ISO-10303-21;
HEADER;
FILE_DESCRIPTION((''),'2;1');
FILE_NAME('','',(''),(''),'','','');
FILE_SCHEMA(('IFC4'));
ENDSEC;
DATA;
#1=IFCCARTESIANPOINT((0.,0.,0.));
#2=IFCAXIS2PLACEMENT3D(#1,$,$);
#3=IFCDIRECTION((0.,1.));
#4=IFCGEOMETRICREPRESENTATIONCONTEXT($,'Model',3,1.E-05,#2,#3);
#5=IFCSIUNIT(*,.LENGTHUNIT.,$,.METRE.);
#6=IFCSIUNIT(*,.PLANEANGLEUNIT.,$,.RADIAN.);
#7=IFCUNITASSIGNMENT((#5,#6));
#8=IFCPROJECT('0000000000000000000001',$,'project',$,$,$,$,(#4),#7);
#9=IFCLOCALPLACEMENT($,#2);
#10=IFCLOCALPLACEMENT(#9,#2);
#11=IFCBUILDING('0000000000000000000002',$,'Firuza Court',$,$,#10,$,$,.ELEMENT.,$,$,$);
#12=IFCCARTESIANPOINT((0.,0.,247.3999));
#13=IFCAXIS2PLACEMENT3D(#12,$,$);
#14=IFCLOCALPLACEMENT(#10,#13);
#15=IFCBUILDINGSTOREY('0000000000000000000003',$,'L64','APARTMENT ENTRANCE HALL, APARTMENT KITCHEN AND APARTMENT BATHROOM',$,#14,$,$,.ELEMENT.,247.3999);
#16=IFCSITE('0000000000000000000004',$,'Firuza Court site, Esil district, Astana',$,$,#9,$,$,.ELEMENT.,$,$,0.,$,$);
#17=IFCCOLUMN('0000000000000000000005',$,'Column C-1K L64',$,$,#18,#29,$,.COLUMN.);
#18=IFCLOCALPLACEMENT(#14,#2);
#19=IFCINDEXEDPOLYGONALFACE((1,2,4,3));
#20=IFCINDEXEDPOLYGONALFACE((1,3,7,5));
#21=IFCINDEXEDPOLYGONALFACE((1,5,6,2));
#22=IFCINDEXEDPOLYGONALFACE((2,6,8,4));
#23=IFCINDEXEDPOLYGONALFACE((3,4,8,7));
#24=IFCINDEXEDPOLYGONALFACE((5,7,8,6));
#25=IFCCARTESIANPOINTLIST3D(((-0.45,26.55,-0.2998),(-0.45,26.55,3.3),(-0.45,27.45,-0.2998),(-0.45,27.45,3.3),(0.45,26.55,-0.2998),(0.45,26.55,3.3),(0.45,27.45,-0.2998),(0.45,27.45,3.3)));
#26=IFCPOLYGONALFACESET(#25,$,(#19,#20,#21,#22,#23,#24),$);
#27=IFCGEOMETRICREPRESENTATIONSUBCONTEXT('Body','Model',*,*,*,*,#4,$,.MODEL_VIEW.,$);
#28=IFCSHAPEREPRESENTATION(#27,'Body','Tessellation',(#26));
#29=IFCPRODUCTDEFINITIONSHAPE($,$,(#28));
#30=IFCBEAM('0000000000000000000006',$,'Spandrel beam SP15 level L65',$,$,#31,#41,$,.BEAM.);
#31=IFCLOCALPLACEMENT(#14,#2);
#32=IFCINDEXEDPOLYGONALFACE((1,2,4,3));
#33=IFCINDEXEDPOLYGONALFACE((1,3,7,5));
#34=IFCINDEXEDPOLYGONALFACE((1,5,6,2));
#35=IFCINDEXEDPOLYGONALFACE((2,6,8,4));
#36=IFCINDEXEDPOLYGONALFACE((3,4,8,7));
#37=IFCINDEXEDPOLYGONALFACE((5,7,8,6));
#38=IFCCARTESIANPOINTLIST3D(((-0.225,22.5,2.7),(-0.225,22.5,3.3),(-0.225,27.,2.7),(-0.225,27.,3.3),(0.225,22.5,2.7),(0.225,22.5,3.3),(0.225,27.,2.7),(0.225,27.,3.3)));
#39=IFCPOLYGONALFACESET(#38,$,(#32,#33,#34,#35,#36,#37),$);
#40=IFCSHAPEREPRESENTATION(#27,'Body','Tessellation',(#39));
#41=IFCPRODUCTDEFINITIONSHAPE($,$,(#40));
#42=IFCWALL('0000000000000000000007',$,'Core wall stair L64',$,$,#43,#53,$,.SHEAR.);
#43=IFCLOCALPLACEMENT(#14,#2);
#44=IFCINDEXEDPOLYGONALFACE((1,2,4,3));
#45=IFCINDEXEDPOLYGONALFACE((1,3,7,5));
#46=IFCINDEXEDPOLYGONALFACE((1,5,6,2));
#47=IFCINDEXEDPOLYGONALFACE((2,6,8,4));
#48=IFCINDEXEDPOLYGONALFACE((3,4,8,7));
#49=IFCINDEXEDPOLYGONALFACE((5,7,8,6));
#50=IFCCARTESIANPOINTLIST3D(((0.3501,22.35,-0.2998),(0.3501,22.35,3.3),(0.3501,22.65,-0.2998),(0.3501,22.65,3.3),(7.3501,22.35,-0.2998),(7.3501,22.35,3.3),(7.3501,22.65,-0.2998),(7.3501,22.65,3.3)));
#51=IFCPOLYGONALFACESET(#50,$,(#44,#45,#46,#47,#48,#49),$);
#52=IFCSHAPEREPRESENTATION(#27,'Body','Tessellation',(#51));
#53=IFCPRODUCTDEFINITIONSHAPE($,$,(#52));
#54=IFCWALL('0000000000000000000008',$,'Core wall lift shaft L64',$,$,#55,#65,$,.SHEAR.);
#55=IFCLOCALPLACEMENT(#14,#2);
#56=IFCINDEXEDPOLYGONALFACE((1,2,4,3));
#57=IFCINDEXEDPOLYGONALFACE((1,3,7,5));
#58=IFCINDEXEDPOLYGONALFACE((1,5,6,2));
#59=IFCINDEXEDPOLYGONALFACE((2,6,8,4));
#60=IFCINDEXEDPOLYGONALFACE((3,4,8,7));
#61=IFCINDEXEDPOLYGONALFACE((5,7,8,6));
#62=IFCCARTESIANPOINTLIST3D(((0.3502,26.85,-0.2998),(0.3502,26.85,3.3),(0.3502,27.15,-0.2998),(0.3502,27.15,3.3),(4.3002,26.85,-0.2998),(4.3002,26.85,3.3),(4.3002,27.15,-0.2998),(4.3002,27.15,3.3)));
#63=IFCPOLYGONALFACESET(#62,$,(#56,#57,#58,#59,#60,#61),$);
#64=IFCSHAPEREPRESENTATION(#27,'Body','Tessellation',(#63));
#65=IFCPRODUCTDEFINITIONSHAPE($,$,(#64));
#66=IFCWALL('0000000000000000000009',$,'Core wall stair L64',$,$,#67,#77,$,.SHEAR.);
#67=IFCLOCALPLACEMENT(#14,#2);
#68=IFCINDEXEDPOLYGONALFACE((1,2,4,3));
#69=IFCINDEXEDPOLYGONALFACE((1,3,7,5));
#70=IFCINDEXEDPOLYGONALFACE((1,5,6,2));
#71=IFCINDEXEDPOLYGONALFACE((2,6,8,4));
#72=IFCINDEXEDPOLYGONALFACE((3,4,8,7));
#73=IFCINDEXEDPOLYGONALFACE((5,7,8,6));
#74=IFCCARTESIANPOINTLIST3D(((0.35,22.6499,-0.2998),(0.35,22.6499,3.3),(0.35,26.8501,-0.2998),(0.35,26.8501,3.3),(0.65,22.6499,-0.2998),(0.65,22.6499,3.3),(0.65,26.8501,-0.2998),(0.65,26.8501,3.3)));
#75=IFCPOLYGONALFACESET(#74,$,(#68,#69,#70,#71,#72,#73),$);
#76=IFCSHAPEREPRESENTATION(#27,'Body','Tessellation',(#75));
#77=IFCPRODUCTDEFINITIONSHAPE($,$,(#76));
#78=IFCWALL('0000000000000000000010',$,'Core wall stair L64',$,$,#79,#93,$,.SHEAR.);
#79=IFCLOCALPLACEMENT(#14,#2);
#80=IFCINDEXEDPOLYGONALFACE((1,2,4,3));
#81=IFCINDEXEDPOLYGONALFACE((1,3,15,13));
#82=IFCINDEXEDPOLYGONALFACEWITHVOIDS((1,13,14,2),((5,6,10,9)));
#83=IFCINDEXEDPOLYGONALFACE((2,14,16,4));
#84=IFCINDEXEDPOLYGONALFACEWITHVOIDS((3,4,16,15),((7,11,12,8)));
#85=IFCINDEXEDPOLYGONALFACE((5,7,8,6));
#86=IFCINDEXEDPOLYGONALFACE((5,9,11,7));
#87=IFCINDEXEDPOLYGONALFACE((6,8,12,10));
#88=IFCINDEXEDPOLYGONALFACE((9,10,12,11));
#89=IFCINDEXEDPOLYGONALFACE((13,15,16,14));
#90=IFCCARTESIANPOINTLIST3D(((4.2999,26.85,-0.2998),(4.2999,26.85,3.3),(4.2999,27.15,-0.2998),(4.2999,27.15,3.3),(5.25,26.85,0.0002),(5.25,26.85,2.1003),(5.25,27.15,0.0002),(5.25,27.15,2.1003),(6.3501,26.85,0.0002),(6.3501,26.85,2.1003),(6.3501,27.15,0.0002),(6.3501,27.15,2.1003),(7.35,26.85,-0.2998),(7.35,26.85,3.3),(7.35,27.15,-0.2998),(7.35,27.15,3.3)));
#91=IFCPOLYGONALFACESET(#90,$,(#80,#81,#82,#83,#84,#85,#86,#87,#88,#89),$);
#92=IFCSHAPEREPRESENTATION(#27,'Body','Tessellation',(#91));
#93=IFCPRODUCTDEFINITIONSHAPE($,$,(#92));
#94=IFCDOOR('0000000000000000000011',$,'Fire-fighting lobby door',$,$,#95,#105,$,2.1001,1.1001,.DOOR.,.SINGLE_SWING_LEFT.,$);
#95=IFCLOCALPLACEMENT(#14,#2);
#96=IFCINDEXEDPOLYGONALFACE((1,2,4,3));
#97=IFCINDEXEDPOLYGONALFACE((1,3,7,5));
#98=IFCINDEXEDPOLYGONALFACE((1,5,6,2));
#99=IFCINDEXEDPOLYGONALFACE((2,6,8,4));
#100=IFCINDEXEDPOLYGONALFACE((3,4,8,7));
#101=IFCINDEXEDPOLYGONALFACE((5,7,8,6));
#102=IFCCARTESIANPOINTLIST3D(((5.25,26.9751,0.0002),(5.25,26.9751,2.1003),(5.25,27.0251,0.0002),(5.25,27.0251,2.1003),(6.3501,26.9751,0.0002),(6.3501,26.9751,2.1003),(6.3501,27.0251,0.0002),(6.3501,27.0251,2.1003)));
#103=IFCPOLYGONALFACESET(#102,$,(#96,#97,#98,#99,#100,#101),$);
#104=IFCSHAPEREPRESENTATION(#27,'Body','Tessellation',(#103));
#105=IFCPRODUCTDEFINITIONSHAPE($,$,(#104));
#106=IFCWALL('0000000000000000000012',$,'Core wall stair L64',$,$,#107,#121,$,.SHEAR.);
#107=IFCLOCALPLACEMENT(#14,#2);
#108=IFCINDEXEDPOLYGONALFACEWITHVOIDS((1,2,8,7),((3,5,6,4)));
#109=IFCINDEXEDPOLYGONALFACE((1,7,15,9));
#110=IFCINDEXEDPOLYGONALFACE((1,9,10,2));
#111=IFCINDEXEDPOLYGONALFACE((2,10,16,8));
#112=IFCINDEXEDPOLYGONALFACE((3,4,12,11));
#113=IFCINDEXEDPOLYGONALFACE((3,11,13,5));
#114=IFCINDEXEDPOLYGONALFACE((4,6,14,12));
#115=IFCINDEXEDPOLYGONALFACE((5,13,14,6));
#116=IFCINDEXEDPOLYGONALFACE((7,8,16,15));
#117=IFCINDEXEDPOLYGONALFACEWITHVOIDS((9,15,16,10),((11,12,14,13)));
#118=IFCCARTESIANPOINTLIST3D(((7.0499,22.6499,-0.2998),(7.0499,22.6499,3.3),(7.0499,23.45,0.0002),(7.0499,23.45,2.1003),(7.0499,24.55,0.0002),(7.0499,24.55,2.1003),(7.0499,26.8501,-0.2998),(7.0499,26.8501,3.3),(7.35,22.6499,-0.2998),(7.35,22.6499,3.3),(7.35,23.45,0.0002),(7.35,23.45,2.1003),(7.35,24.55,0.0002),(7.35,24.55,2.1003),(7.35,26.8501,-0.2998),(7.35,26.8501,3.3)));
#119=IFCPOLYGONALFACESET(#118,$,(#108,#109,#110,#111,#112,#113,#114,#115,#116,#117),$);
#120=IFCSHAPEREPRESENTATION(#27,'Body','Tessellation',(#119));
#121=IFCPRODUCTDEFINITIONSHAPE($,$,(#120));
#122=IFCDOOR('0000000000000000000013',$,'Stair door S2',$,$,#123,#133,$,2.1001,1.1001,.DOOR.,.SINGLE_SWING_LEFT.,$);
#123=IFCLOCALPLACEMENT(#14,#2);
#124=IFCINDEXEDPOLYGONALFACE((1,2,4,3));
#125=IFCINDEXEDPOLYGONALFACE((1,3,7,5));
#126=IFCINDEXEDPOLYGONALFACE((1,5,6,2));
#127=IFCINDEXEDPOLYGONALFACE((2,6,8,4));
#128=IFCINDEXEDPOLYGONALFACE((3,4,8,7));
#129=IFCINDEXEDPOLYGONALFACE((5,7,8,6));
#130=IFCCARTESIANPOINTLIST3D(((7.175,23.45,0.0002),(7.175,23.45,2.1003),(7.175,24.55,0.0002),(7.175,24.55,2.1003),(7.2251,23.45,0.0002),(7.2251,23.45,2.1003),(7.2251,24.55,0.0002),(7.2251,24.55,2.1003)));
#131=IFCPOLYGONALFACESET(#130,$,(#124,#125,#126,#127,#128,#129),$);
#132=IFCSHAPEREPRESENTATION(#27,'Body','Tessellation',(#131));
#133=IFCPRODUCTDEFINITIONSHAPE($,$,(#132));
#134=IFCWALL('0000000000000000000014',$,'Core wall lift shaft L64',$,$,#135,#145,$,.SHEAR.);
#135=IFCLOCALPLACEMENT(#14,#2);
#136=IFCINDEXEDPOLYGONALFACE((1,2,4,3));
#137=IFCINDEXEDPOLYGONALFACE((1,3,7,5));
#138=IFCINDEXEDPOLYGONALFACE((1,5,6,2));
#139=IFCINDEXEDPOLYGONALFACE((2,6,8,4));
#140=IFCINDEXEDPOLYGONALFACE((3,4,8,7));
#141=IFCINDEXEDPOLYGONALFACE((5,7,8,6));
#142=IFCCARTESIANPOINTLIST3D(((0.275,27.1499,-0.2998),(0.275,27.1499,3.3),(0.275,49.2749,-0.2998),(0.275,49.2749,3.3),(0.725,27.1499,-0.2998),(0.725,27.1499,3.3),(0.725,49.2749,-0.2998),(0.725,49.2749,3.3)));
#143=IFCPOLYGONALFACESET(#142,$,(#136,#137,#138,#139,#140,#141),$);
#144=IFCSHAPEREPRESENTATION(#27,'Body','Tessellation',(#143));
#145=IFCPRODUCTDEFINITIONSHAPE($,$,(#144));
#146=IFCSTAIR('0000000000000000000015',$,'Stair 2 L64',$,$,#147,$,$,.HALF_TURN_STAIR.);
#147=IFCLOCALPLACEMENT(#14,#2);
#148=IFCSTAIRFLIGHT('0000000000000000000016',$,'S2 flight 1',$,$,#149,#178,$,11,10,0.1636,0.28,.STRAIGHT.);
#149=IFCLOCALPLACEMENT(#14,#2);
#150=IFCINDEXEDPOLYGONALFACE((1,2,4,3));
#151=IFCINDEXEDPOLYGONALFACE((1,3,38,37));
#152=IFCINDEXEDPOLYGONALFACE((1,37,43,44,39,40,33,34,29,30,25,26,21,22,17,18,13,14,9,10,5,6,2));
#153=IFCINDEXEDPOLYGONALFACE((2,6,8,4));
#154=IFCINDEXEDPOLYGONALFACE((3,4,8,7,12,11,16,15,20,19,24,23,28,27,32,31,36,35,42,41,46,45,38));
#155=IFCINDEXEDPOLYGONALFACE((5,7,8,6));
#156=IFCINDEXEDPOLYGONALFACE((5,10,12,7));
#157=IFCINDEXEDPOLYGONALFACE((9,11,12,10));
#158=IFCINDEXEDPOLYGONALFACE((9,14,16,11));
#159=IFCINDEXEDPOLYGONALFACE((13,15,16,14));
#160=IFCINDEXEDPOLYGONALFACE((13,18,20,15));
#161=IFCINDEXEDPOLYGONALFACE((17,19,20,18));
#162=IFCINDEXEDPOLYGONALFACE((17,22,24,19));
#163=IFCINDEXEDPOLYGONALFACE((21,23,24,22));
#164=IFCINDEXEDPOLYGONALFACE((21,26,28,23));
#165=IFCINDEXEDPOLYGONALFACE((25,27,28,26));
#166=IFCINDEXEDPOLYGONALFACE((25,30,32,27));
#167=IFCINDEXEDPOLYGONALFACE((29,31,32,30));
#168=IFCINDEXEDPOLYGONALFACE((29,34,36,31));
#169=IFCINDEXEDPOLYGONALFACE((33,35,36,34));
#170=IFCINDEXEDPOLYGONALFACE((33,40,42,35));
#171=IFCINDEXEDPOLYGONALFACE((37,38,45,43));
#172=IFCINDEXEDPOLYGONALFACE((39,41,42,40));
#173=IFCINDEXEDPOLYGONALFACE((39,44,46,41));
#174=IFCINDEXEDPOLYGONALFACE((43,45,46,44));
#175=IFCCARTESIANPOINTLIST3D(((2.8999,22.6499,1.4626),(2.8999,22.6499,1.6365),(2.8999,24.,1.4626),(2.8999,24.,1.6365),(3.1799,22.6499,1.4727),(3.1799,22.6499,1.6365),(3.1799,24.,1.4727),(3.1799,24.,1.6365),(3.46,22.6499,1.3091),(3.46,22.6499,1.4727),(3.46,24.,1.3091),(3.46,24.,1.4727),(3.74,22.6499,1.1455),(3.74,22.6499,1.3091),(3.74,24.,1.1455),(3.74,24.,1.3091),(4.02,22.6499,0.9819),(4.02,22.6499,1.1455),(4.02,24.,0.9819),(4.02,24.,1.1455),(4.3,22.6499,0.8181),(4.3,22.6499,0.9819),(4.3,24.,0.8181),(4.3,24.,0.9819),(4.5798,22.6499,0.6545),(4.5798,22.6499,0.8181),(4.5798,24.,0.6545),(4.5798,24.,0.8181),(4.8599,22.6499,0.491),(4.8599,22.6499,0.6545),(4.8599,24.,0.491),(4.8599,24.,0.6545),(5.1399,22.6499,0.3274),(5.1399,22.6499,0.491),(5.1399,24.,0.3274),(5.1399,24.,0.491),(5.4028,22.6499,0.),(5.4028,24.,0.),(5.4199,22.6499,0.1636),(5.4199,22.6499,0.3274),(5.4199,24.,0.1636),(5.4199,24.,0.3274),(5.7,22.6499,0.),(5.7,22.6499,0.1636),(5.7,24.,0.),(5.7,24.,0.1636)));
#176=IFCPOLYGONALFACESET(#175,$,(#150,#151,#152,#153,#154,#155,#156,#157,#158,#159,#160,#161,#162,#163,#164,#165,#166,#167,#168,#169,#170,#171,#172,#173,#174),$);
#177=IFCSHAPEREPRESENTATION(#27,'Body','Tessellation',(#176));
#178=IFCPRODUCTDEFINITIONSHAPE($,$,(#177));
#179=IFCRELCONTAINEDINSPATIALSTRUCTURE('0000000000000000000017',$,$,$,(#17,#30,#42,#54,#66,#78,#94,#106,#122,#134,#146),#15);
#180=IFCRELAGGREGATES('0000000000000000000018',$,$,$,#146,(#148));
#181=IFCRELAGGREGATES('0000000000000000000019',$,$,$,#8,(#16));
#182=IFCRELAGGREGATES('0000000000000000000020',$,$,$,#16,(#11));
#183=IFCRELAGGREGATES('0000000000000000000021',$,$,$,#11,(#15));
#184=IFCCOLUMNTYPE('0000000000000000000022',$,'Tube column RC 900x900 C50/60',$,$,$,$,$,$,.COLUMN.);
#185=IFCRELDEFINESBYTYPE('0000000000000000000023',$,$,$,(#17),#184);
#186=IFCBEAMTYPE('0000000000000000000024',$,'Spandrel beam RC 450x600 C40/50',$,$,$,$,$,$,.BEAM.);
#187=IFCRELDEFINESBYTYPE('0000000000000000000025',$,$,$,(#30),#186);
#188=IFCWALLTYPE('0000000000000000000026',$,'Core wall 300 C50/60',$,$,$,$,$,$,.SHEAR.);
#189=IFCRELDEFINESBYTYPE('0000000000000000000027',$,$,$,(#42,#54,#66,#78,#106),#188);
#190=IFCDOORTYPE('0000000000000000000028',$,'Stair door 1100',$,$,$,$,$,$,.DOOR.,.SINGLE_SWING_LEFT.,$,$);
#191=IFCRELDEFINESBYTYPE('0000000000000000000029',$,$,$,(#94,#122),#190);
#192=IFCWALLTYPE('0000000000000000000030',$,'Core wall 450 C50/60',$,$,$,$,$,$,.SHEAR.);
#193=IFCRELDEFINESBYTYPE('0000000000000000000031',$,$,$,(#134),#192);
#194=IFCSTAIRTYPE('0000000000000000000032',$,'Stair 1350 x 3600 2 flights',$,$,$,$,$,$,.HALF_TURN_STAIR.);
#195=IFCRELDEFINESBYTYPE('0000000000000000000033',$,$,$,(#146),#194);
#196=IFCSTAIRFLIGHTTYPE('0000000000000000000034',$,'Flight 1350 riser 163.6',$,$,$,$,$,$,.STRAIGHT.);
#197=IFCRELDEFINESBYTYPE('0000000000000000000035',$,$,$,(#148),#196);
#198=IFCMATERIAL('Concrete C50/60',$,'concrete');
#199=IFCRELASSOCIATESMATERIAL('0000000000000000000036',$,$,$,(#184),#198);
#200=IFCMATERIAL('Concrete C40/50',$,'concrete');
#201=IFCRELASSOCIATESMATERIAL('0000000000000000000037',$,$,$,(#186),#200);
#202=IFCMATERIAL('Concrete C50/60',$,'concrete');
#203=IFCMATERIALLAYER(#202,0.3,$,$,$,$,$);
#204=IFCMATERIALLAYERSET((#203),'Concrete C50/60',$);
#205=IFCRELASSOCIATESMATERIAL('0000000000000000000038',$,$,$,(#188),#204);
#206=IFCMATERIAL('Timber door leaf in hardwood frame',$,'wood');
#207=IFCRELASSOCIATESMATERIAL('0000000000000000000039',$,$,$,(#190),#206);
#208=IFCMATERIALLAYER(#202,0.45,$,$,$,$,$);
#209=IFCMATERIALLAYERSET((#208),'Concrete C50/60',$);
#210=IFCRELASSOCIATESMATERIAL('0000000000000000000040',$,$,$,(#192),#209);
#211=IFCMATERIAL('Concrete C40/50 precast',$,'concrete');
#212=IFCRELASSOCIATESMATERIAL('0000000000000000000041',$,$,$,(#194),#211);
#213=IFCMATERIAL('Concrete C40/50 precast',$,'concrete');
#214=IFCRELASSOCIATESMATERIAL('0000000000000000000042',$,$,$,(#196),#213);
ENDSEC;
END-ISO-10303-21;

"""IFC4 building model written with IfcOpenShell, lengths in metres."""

from ifc_helpers import new_model, si_unit, direction, frame, frame_2d, origin, origin_2d, place, context, subcontext, project, spatial, polyline, rectangle, outline, extrude, material, layer, layer_set, material_profile, profile_set, type_object, element, fill, aggregate, save


model = new_model("IFC4")

# Units and contexts
model_context = context("Model", 3, precision=1e-05, world=origin(), true_north=direction((0.0, 1.0)))
body_context = subcontext(model_context, "Body", "Model", "MODEL_VIEW")
ifc_project = project(units=[si_unit("LENGTHUNIT", "METRE"), si_unit("PLANEANGLEUNIT", "RADIAN")], contexts=[model_context])

# Site, building, storey
site_placement = place(None, origin())
site = spatial("IfcSite", under=ifc_project, at=site_placement, Name="Firuza Court site, Esil district, Astana", CompositionType="ELEMENT", RefElevation=0.0)
building_placement = place(site_placement, origin())
building = spatial("IfcBuilding", under=site, at=building_placement, Name="Firuza Court", CompositionType="ELEMENT")
storey_placement = place(building_placement, frame((0.0, 0.0, 247.3999)))
storey = spatial("IfcBuildingStorey", under=building, at=storey_placement, Name="L64", Description="APARTMENT ENTRANCE HALL, APARTMENT KITCHEN AND APARTMENT BATHROOM", CompositionType="ELEMENT", Elevation=247.3999)

# Column
ifc_material_1 = material(Name="Concrete C50/60", Category="concrete")
ifc_material_profile_1 = material_profile(ifc_material_1, rectangle(XDim=0.8999, YDim=0.8999, at=origin_2d()), Name="RC 900x900")
ifc_profile_set_1 = profile_set([ifc_material_profile_1], Name="Concrete C50/60")
column_type = type_object("IfcColumnType", Name="Tube column RC 900x900 C50/60", PredefinedType="COLUMN", material=ifc_profile_set_1)
column_placement = place(storey_placement, frame((0.0, 27.0, -0.2998), z_axis=(0.0, 0.0, 1.0), x_axis=(1.0, 0.0, 0.0)))
element("IfcColumn", 1, at=column_placement, inside=storey, type_object=column_type, Name="Column C-1K L64", PredefinedType="COLUMN", context=body_context, shape_type="SweptSolid", body=[
    extrude(rectangle(XDim=0.8999, YDim=0.8999, at=origin_2d()), origin(), (0.0, 0.0, 1.0), 3.5999),
])

# Beam
ifc_material_2 = material(Name="Concrete C40/50", Category="concrete")
ifc_material_profile_2 = material_profile(ifc_material_2, rectangle(XDim=0.45, YDim=0.6001, at=origin_2d()), Name="RC 450x600")
ifc_profile_set_2 = profile_set([ifc_material_profile_2], Name="Concrete C40/50")
beam_type = type_object("IfcBeamType", Name="Spandrel beam RC 450x600 C40/50", PredefinedType="BEAM", material=ifc_profile_set_2)
beam_placement = place(storey_placement, frame((0.0, 27.0, 3.0), z_axis=(0.0, -1.0, 0.0), x_axis=(1.0, 0.0, 0.0)))
element("IfcBeam", 2, at=beam_placement, inside=storey, type_object=beam_type, Name="Spandrel beam SP15 level L65", PredefinedType="BEAM", context=body_context, shape_type="SweptSolid", body=[
    extrude(rectangle(XDim=0.45, YDim=0.6001, at=origin_2d()), origin(), (0.0, 0.0, 1.0), 4.5),
])

# Walls
ifc_material_3 = material(Name="Concrete C50/60", Category="concrete")
ifc_layer_1 = layer(ifc_material_3, 0.3)
ifc_layer_set_1 = layer_set([ifc_layer_1], Name="Concrete C50/60")
wall_type_1 = type_object("IfcWallType", Name="Core wall 300 C50/60", PredefinedType="SHEAR", material=ifc_layer_set_1)
wall_1_placement = place(storey_placement, frame((0.3501, 22.5, -0.2998), z_axis=(0.0, 0.0, 1.0), x_axis=(1.0, 0.0, 0.0)))
element("IfcWall", 3, at=wall_1_placement, inside=storey, type_object=wall_type_1, Name="Core wall stair L64", PredefinedType="SHEAR", context=body_context, shape_type="SweptSolid", body=[
    extrude(rectangle(XDim=7.0, YDim=0.3, at=frame_2d((3.5, 0.0))), origin(), (0.0, 0.0, 1.0), 3.5999),
])
wall_2_placement = place(storey_placement, frame((0.3501, 27.0, -0.2998), z_axis=(0.0, 0.0, 1.0), x_axis=(1.0, 0.0, 0.0)))
element("IfcWall", 4, at=wall_2_placement, inside=storey, type_object=wall_type_1, Name="Core wall lift shaft L64", PredefinedType="SHEAR", context=body_context, shape_type="SweptSolid", body=[
    extrude(rectangle(XDim=3.95, YDim=0.3, at=frame_2d((1.9751, 0.0))), origin(), (0.0, 0.0, 1.0), 3.5999),
])
wall_3_placement = place(storey_placement, frame((0.5, 22.6499, -0.2998), z_axis=(0.0, 0.0, 1.0), x_axis=(0.0, 1.0, 0.0)))
element("IfcWall", 5, at=wall_3_placement, inside=storey, type_object=wall_type_1, Name="Core wall stair L64", PredefinedType="SHEAR", context=body_context, shape_type="SweptSolid", body=[
    extrude(rectangle(XDim=4.2002, YDim=0.3, at=frame_2d((2.1001, 0.0))), origin(), (0.0, 0.0, 1.0), 3.5999),
])

# Walls, openings, doors
wall_4_placement = place(storey_placement, frame((4.3, 27.0, -0.2998), z_axis=(0.0, 0.0, 1.0), x_axis=(1.0, 0.0, 0.0)))
wall_4 = element("IfcWall", 6, at=wall_4_placement, inside=storey, type_object=wall_type_1, Name="Core wall stair L64", PredefinedType="SHEAR", context=body_context, shape_type="SweptSolid", body=[
    extrude(rectangle(XDim=3.05, YDim=0.3, at=frame_2d((1.5249, 0.0))), origin(), (0.0, 0.0, 1.0), 3.5999),
])
opening_1_placement = place(wall_4_placement, frame((0.95, 0.0, 0.3)))
opening_1 = element("IfcOpeningElement", 7, at=opening_1_placement, cuts=wall_4, PredefinedType="OPENING", context=body_context, shape_type="SweptSolid", body=[
    extrude(rectangle(XDim=1.1001, YDim=2.1001, at=frame_2d((0.55, 1.05))), frame((0.0, 0.1621, 0.0), z_axis=(0.0, -1.0, 0.0), x_axis=(1.0, 0.0, 0.0)), (0.0, 0.0, 1.0), 0.324),
])
ifc_material_4 = material(Name="Timber door leaf in hardwood frame", Category="wood")
door_type_1 = type_object("IfcDoorType", Name="Stair door 1100", OperationType="SINGLE_SWING_LEFT", PredefinedType="DOOR", material=ifc_material_4)
door_1_placement = place(opening_1_placement, frame((1.1001, 0.0, 0.0), z_axis=(0.0, 0.0, 1.0), x_axis=(-1.0, 0.0, 0.0)))
door_1 = element("IfcDoor", 8, at=door_1_placement, inside=storey, type_object=door_type_1, Name="Fire-fighting lobby door", OperationType="SINGLE_SWING_LEFT", OverallHeight=2.1001, OverallWidth=1.1001, PredefinedType="DOOR", context=body_context, shape_type="SweptSolid", body=[
    extrude(rectangle(XDim=1.1001, YDim=2.1001, at=frame_2d((0.55, 1.05))), frame((0.0, 0.0249, 0.0), z_axis=(0.0, -1.0, 0.0), x_axis=(1.0, 0.0, 0.0)), (0.0, 0.0, 1.0), 0.05),
])
fill(opening_1, door_1)
wall_5_placement = place(storey_placement, frame((7.2, 22.6499, -0.2998), z_axis=(0.0, 0.0, 1.0), x_axis=(0.0, 1.0, 0.0)))
wall_5 = element("IfcWall", 9, at=wall_5_placement, inside=storey, type_object=wall_type_1, Name="Core wall stair L64", PredefinedType="SHEAR", context=body_context, shape_type="SweptSolid", body=[
    extrude(rectangle(XDim=4.2002, YDim=0.3, at=frame_2d((2.1001, 0.0))), origin(), (0.0, 0.0, 1.0), 3.5999),
])
opening_2_placement = place(wall_5_placement, frame((0.8, 0.0, 0.3)))
opening_2 = element("IfcOpeningElement", 10, at=opening_2_placement, cuts=wall_5, PredefinedType="OPENING", context=body_context, shape_type="SweptSolid", body=[
    extrude(rectangle(XDim=1.1001, YDim=2.1001, at=frame_2d((0.55, 1.05))), frame((0.0, 0.1621, 0.0), z_axis=(0.0, -1.0, 0.0), x_axis=(1.0, 0.0, 0.0)), (0.0, 0.0, 1.0), 0.324),
])
door_2_placement = place(opening_2_placement, origin())
door_2 = element("IfcDoor", 11, at=door_2_placement, inside=storey, type_object=door_type_1, Name="Stair door S2", OperationType="SINGLE_SWING_LEFT", OverallHeight=2.1001, OverallWidth=1.1001, PredefinedType="DOOR", context=body_context, shape_type="SweptSolid", body=[
    extrude(rectangle(XDim=1.1001, YDim=2.1001, at=frame_2d((0.55, 1.05))), frame((0.0, 0.0249, 0.0), z_axis=(0.0, -1.0, 0.0), x_axis=(1.0, 0.0, 0.0)), (0.0, 0.0, 1.0), 0.05),
])
fill(opening_2, door_2)

# Wall
ifc_layer_2 = layer(ifc_material_3, 0.45)
ifc_layer_set_2 = layer_set([ifc_layer_2], Name="Concrete C50/60")
wall_type_2 = type_object("IfcWallType", Name="Core wall 450 C50/60", PredefinedType="SHEAR", material=ifc_layer_set_2)
wall_6_placement = place(storey_placement, frame((0.5, 27.1499, -0.2998), z_axis=(0.0, 0.0, 1.0), x_axis=(0.0, 1.0, 0.0)))
element("IfcWall", 12, at=wall_6_placement, inside=storey, type_object=wall_type_2, Name="Core wall lift shaft L64", PredefinedType="SHEAR", context=body_context, shape_type="SweptSolid", body=[
    extrude(rectangle(XDim=22.125, YDim=0.45, at=frame_2d((11.0625, 0.0))), origin(), (0.0, 0.0, 1.0), 3.5999),
])

# Stair, stair flight
ifc_material_5 = material(Name="Concrete C40/50 precast", Category="concrete")
stair_type = type_object("IfcStairType", Name="Stair 1350 x 3600 2 flights", PredefinedType="HALF_TURN_STAIR", material=ifc_material_5)
stair_placement = place(storey_placement, origin())
stair = element("IfcStair", 13, at=stair_placement, inside=storey, type_object=stair_type, Name="Stair 2 L64", PredefinedType="HALF_TURN_STAIR")
ifc_material_6 = material(Name="Concrete C40/50 precast", Category="concrete")
stair_flight_type = type_object("IfcStairFlightType", Name="Flight 1350 riser 163.6", PredefinedType="STRAIGHT", material=ifc_material_6)
stair_flight_1_placement = place(storey_placement, frame((5.7, 23.325, 0.0), z_axis=(0.0, 0.0, 1.0), x_axis=(-1.0, 0.0, 0.0)))
stair_flight_1 = element("IfcStairFlight", 14, at=stair_flight_1_placement, type_object=stair_flight_type, Name="S2 flight 1", NumberOfRisers=11, NumberOfTreads=10, PredefinedType="STRAIGHT", RiserHeight=0.1636, TreadLength=0.28, context=body_context, shape_type="SweptSolid", body=[
    extrude(outline(polyline([(0.0, 0.0), (0.0, 0.1636), (0.28, 0.1636), (0.28, 0.3274), (0.5601, 0.3274), (0.5601, 0.491), (0.8401, 0.491), (0.8401, 0.6545), (1.1201, 0.6545), (1.1201, 0.8181), (1.3999, 0.8181), (1.3999, 0.9819), (1.6799, 0.9819), (1.6799, 1.1455), (1.96, 1.1455), (1.96, 1.3091), (2.24, 1.3091), (2.24, 1.4727), (2.52, 1.4727), (2.52, 1.6365), (2.8, 1.6365), (2.8, 1.8), (2.8, 1.4626), (0.2971, 0.0), (0.0, 0.0)])), frame((0.0, 0.675, 0.0), z_axis=(0.0, -1.0, 0.0), x_axis=(1.0, 0.0, 0.0)), (0.0, 0.0, 1.0), 1.3501),
])
aggregate(stair, [stair_flight_1])

save(model, "model.ifc")
